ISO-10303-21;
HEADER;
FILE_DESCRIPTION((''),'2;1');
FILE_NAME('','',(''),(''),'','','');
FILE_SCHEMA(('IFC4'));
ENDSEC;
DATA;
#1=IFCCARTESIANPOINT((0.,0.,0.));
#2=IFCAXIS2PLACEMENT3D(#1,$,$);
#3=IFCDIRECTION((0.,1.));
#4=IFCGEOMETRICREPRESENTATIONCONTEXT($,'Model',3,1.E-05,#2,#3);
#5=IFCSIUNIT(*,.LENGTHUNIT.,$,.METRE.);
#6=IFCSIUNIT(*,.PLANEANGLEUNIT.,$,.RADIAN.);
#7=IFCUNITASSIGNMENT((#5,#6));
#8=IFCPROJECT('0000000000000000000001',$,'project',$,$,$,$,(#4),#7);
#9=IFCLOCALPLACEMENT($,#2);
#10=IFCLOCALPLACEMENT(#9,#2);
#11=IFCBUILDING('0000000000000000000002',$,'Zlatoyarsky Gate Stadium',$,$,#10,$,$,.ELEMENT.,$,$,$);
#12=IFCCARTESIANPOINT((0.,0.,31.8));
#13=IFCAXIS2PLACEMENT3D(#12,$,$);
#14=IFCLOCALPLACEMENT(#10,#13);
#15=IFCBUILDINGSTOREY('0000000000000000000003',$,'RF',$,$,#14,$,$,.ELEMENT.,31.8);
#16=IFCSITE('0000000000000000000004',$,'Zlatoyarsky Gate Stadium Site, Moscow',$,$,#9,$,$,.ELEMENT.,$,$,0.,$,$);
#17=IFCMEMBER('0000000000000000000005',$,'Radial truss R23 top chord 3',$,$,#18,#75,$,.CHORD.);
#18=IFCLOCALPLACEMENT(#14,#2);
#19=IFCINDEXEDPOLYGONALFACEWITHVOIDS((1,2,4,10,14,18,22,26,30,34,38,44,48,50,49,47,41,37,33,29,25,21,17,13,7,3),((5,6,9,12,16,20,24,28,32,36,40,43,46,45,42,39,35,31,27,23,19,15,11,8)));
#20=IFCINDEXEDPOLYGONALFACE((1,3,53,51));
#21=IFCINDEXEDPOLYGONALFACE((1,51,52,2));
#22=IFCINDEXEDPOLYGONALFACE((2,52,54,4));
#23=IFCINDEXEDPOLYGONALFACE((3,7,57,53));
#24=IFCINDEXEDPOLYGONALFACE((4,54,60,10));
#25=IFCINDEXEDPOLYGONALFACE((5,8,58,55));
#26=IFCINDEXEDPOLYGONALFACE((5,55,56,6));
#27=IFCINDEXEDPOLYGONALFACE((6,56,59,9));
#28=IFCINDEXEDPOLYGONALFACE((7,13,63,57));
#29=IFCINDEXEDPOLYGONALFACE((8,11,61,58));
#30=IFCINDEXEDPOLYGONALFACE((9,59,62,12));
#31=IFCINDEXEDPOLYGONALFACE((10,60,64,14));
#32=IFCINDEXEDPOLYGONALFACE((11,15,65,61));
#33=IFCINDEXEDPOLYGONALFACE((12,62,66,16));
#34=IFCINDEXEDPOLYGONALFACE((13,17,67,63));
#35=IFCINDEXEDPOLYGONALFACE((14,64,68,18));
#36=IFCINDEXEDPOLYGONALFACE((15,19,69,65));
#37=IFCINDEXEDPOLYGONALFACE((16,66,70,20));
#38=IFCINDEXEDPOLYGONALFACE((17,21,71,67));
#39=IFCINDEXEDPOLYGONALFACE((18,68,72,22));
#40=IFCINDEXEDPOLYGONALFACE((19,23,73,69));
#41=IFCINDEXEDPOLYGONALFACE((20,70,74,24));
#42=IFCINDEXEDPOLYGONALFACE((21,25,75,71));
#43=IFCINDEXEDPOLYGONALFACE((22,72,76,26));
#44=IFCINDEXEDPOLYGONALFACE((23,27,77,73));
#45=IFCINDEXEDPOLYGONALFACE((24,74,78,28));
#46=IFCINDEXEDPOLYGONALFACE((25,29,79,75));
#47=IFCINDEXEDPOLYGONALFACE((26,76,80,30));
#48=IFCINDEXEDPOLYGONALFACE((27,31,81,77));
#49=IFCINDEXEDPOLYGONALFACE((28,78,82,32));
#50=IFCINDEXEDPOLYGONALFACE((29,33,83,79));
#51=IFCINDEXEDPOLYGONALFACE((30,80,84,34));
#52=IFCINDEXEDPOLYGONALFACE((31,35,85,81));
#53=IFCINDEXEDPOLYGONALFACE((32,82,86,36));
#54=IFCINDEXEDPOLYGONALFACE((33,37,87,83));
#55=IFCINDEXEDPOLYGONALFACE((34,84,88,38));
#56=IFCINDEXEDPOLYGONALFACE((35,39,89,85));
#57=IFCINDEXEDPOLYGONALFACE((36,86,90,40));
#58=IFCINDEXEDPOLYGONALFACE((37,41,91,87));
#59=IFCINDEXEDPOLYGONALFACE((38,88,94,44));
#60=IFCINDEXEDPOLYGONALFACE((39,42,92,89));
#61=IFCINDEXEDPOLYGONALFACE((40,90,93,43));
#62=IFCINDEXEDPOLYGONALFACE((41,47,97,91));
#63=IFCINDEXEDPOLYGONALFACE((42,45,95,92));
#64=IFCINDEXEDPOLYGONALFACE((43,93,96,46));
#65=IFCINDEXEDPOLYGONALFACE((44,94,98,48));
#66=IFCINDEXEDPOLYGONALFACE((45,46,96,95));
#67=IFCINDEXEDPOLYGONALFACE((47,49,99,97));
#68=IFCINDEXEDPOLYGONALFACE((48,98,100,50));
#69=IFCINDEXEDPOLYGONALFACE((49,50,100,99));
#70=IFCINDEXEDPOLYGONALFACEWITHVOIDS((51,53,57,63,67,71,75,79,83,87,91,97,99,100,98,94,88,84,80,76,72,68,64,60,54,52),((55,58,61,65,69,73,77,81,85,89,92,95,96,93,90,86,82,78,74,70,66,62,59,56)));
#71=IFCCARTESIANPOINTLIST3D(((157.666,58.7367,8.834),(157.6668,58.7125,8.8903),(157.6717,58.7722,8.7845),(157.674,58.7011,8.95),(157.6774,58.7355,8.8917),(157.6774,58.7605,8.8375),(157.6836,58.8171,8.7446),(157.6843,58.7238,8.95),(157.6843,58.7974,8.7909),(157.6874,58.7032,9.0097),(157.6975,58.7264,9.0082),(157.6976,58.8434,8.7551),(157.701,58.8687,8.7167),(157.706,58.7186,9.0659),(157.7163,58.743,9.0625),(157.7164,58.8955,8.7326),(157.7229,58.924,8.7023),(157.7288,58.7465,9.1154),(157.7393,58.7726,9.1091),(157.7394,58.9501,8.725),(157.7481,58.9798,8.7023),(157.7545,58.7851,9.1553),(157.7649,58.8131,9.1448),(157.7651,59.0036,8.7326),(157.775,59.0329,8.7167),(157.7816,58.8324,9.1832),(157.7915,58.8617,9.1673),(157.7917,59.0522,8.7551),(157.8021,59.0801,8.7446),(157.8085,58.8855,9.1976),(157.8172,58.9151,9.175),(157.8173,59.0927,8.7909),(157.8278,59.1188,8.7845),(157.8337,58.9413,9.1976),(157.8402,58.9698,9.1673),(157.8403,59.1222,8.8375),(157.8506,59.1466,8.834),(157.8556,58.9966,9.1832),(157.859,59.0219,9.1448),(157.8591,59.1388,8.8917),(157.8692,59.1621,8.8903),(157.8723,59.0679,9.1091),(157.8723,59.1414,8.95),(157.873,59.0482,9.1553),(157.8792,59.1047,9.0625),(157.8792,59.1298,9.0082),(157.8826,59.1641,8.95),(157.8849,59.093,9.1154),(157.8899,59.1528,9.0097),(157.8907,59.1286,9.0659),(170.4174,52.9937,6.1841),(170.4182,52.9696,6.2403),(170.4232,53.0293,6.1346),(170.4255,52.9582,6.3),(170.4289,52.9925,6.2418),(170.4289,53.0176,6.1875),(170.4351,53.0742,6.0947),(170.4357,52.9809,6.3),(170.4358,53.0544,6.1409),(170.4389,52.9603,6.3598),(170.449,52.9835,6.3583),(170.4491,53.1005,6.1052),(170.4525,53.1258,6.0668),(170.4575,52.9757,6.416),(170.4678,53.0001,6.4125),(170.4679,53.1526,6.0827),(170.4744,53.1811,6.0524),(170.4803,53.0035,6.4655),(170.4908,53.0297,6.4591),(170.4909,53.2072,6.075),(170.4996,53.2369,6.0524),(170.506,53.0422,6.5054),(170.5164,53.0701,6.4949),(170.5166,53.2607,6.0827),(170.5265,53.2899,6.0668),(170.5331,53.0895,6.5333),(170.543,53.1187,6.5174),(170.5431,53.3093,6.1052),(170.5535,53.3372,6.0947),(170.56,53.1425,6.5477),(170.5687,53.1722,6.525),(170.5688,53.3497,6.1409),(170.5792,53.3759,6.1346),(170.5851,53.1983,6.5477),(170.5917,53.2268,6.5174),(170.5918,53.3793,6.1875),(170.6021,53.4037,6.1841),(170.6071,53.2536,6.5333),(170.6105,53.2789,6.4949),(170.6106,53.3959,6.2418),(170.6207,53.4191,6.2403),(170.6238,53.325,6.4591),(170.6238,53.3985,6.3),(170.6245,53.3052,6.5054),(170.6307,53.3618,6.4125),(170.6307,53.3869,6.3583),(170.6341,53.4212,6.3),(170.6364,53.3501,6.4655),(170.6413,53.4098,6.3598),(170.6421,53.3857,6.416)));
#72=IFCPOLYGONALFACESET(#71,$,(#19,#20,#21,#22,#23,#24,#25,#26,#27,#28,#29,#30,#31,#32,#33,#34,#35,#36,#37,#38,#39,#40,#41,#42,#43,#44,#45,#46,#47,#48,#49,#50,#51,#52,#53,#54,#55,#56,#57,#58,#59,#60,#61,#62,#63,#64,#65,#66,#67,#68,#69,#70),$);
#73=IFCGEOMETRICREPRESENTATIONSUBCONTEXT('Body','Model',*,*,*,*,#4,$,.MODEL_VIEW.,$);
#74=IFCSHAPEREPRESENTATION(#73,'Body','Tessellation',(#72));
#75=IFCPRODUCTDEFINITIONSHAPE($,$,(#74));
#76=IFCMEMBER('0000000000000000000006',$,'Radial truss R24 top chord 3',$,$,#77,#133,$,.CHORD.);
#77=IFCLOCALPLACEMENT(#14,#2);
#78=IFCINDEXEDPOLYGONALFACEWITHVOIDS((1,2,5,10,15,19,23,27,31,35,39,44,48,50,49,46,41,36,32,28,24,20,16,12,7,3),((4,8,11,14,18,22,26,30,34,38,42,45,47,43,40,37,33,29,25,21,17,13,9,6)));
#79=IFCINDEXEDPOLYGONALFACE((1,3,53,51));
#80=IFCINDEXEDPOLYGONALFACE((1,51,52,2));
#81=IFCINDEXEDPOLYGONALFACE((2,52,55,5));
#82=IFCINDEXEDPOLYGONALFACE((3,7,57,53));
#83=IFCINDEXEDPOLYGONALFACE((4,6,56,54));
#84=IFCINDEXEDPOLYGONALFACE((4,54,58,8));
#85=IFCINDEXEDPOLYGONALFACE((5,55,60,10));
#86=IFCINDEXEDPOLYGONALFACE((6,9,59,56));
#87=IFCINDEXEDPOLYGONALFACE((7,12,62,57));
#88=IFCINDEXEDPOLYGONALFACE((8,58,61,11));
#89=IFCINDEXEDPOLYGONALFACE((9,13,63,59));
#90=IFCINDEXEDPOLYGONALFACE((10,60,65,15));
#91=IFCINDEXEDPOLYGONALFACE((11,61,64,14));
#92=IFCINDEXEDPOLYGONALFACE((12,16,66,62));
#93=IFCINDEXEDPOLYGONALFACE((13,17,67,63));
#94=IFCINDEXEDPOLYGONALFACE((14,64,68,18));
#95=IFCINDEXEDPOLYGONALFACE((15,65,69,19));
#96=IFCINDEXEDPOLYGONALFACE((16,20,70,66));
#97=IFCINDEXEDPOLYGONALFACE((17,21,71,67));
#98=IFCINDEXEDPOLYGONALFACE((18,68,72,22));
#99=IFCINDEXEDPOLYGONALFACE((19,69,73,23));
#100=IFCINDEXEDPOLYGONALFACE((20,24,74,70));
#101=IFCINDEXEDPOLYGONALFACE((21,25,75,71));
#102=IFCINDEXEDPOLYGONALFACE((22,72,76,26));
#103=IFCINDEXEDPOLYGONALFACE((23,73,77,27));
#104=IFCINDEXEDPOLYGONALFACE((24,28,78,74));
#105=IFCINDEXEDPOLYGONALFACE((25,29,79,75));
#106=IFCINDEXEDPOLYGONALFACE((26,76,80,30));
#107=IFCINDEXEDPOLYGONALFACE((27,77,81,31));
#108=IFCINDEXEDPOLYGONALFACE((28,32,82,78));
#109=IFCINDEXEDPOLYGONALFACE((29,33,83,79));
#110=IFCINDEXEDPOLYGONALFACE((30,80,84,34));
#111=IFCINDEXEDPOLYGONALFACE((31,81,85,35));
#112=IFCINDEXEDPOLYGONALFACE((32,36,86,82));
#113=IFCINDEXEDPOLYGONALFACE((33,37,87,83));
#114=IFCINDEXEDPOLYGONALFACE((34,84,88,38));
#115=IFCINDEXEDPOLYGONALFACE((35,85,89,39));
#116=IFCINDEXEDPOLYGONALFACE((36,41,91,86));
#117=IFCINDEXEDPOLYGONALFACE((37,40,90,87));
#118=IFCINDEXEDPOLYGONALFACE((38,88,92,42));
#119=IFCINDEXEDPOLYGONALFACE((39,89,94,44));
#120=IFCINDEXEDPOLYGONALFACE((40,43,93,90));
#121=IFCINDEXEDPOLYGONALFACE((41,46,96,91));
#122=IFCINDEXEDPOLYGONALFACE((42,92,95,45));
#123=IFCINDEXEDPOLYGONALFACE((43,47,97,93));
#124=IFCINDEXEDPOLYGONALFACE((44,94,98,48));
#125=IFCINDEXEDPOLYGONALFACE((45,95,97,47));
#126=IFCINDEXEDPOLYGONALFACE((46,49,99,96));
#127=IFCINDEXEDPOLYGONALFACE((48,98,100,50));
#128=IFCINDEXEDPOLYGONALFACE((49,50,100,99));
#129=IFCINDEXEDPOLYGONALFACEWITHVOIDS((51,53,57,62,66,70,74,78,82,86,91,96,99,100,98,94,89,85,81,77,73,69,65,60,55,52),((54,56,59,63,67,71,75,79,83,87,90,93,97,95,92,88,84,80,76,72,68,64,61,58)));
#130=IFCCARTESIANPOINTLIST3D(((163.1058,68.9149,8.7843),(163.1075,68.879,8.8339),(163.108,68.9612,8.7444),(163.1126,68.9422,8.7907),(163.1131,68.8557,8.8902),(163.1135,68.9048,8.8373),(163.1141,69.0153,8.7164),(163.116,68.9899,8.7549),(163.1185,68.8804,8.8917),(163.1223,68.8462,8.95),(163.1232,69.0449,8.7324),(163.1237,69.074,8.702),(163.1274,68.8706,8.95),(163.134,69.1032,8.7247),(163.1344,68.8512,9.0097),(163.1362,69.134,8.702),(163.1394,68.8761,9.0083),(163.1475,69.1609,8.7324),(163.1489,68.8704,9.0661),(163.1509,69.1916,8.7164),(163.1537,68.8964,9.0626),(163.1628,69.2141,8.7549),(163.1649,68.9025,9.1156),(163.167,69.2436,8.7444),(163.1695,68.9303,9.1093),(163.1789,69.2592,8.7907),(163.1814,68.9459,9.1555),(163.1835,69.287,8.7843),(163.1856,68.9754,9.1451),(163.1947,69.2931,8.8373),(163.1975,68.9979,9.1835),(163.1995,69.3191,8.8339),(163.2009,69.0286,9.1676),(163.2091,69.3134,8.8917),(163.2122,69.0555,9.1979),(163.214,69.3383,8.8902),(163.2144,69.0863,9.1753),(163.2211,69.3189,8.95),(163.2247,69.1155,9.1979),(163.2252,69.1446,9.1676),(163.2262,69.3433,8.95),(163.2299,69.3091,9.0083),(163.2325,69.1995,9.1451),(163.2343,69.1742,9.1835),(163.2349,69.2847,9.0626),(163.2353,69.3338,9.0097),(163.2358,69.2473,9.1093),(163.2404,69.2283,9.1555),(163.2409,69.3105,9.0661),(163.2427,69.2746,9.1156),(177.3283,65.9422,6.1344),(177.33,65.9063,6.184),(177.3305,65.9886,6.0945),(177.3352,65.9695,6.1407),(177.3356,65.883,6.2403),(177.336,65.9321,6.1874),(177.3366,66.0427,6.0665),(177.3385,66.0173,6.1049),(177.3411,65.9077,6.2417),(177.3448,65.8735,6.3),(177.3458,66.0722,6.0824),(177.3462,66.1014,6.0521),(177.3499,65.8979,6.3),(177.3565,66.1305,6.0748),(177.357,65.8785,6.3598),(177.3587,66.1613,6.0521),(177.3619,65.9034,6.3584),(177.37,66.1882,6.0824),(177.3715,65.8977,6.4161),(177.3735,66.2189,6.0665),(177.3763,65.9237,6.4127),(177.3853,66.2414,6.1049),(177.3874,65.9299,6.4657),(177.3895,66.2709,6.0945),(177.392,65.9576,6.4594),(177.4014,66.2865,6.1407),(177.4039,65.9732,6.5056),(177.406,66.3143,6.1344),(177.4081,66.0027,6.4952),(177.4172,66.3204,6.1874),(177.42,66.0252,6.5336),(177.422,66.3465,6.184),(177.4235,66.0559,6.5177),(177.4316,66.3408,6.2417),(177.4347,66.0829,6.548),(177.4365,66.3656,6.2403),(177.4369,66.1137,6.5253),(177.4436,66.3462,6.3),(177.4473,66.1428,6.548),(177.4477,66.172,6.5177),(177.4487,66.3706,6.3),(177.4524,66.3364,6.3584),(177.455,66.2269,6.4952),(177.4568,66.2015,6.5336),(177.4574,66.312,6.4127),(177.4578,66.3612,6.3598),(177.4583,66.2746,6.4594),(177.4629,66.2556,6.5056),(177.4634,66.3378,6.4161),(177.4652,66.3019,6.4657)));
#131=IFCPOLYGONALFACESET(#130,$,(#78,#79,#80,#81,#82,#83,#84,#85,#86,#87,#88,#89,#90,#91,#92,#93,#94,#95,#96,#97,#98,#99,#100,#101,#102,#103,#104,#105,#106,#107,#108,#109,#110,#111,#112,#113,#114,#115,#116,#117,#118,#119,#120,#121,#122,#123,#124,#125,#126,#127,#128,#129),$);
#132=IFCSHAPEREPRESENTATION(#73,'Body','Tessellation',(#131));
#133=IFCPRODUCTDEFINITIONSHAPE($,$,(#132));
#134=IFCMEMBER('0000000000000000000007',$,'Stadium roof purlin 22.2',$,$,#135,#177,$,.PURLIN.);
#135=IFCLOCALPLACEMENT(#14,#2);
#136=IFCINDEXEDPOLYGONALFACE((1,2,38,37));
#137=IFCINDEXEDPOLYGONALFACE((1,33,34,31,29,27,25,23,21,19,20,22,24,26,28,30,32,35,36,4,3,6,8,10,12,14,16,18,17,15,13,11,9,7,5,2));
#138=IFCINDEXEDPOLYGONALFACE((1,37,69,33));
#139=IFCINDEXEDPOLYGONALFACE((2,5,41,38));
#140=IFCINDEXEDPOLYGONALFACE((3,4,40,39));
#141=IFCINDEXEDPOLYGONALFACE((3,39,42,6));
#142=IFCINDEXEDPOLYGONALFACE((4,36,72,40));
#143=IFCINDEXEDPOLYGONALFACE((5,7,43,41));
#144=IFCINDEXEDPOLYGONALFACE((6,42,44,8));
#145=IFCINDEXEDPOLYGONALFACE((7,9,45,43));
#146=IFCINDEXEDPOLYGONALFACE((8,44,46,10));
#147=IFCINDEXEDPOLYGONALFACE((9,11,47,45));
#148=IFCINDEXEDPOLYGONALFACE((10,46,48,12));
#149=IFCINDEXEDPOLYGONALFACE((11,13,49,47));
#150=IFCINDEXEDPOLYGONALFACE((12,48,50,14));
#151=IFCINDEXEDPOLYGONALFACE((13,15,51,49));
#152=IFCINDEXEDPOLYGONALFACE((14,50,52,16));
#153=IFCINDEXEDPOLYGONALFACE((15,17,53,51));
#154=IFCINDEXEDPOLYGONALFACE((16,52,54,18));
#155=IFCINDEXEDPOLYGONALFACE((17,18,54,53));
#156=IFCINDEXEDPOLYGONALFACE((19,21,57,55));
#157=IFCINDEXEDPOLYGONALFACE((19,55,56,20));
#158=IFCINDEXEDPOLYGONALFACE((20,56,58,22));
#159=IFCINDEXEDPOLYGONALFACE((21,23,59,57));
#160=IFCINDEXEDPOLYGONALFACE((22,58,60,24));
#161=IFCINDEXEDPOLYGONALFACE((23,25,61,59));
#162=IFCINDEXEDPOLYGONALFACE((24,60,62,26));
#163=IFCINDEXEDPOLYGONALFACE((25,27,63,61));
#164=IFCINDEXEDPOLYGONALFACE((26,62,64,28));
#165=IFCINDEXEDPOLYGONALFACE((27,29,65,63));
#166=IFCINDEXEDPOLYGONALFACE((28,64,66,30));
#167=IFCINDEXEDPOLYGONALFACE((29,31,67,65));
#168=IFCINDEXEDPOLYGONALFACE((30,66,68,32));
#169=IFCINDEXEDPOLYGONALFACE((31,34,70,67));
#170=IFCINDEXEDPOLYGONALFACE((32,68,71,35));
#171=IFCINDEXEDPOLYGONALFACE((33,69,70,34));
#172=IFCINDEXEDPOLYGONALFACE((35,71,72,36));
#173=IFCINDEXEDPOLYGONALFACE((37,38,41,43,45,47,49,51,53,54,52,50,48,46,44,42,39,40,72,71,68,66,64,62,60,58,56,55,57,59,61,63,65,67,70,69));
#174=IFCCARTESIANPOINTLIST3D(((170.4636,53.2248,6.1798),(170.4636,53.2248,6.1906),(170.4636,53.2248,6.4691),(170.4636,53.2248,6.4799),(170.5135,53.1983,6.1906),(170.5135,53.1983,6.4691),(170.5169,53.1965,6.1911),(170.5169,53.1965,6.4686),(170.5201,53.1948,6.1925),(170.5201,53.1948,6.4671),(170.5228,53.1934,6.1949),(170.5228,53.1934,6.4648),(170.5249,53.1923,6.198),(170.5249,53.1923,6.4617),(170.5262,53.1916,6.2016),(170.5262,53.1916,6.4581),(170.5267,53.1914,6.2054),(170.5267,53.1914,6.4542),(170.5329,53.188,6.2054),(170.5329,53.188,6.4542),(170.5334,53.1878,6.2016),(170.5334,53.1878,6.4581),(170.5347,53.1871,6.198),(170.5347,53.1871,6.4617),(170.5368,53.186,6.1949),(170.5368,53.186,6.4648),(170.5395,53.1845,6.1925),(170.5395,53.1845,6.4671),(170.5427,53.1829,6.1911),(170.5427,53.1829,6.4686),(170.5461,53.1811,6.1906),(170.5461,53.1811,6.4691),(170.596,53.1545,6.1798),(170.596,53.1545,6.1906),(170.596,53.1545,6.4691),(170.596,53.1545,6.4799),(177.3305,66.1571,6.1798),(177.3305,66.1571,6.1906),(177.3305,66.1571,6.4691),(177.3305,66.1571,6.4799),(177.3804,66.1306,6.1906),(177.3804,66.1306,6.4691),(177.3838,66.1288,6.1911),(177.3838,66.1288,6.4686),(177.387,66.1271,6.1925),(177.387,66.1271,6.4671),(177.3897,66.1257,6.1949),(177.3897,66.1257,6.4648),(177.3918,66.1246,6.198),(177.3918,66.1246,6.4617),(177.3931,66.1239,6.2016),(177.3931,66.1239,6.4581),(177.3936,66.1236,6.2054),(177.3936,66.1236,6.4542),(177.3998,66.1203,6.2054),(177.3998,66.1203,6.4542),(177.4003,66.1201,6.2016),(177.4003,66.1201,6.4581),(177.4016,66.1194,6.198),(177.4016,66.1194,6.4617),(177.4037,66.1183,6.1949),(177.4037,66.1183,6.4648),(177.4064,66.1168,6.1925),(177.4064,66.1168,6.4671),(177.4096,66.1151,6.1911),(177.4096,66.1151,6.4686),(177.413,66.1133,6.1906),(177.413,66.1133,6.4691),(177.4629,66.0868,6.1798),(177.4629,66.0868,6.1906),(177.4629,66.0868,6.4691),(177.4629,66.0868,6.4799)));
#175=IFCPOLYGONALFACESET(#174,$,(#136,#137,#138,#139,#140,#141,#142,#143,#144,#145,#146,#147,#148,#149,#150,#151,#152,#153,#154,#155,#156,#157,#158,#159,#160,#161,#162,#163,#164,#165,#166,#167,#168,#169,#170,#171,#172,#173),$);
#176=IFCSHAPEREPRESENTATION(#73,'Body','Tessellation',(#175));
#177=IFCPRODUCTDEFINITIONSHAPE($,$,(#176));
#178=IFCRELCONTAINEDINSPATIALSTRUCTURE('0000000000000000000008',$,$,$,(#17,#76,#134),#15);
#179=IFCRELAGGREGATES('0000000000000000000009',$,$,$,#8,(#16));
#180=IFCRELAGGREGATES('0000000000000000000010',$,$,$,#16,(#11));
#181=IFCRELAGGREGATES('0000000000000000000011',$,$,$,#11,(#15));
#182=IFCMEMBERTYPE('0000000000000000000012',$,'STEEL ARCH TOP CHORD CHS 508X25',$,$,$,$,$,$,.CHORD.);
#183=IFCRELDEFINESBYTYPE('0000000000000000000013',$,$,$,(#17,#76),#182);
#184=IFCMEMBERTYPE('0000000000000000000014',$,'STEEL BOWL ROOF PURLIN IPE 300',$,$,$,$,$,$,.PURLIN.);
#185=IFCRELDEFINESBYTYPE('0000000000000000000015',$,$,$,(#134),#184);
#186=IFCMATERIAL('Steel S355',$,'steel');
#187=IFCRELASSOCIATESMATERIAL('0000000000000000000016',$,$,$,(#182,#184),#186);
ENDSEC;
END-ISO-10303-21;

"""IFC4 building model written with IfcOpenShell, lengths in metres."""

from ifc_helpers import new_model, si_unit, direction, frame, origin, origin_2d, place, context, subcontext, project, spatial, hollow_circle, i_section, extrude, material, material_profile, profile_set, type_object, element, save


model = new_model("IFC4")

# Units and contexts
model_context = context("Model", 3, precision=1e-05, world=origin(), true_north=direction((0.0, 1.0)))
body_context = subcontext(model_context, "Body", "Model", "MODEL_VIEW")
ifc_project = project(units=[si_unit("LENGTHUNIT", "METRE"), si_unit("PLANEANGLEUNIT", "RADIAN")], contexts=[model_context])

# Site, building, storey
site_placement = place(None, origin())
site = spatial("IfcSite", under=ifc_project, at=site_placement, Name="Zlatoyarsky Gate Stadium Site, Moscow", CompositionType="ELEMENT", RefElevation=0.0)
building_placement = place(site_placement, origin())
building = spatial("IfcBuilding", under=site, at=building_placement, Name="Zlatoyarsky Gate Stadium", CompositionType="ELEMENT")
storey_placement = place(building_placement, frame((0.0, 0.0, 31.8)))
storey = spatial("IfcBuildingStorey", under=building, at=storey_placement, Name="RF", CompositionType="ELEMENT", Elevation=31.8)

# Members
ifc_material_1 = material(Name="Steel S355", Category="steel")
ifc_material_profile_1 = material_profile(ifc_material_1, hollow_circle(Radius=0.2539, WallThickness=0.0249, at=origin_2d()), Name="CHS 508X25")
ifc_profile_set_1 = profile_set([ifc_material_profile_1], Name="Steel S355")
member_type_1 = type_object("IfcMemberType", Name="STEEL ARCH TOP CHORD CHS 508X25", PredefinedType="CHORD", material=ifc_profile_set_1)
member_1_placement = place(storey_placement, frame((170.5298, 53.1897, 6.3), z_axis=(-0.895854, 0.403469, 0.186169), x_axis=(-0.410648, -0.911794, 0.0)))
element("IfcMember", 1, at=member_1_placement, inside=storey, type_object=member_type_1, Name="Radial truss R23 top chord 3", PredefinedType="CHORD", context=body_context, shape_type="SweptSolid", body=[
    extrude(hollow_circle(Radius=0.2539, WallThickness=0.0249, at=origin_2d()), origin(), (0.0, 0.0, 1.0), 14.2339),
])
member_2_placement = place(storey_placement, frame((177.3967, 66.1221, 6.3), z_axis=(-0.962964, 0.201271, 0.179418), x_axis=(-0.204591, -0.978848, 0.0)))
element("IfcMember", 2, at=member_2_placement, inside=storey, type_object=member_type_1, Name="Radial truss R24 top chord 3", PredefinedType="CHORD", context=body_context, shape_type="SweptSolid", body=[
    extrude(hollow_circle(Radius=0.2539, WallThickness=0.0249, at=origin_2d()), origin(), (0.0, 0.0, 1.0), 14.7695),
])
ifc_material_profile_2 = material_profile(ifc_material_1, i_section(OverallWidth=0.1499, OverallDepth=0.3, WebThickness=0.0071, FlangeThickness=0.0107, FilletRadius=0.0149, at=origin_2d()), Name="IPE 300")
ifc_profile_set_2 = profile_set([ifc_material_profile_2], Name="Steel S355")
member_type_2 = type_object("IfcMemberType", Name="STEEL BOWL ROOF PURLIN IPE 300", PredefinedType="PURLIN", material=ifc_profile_set_2)
member_3_placement = place(storey_placement, frame((170.5298, 53.1897, 6.3298), z_axis=(0.468975, 0.883211, 0.0), x_axis=(-0.883211, 0.468975, 0.0)))
element("IfcMember", 3, at=member_3_placement, inside=storey, type_object=member_type_2, Name="Stadium roof purlin 22.2", PredefinedType="PURLIN", context=body_context, shape_type="SweptSolid", body=[
    extrude(i_section(OverallWidth=0.1499, OverallDepth=0.3, WebThickness=0.0071, FlangeThickness=0.0107, FilletRadius=0.0149, at=origin_2d()), origin(), (0.0, 0.0, 1.0), 14.6423),
])

save(model, "model.ifc")
